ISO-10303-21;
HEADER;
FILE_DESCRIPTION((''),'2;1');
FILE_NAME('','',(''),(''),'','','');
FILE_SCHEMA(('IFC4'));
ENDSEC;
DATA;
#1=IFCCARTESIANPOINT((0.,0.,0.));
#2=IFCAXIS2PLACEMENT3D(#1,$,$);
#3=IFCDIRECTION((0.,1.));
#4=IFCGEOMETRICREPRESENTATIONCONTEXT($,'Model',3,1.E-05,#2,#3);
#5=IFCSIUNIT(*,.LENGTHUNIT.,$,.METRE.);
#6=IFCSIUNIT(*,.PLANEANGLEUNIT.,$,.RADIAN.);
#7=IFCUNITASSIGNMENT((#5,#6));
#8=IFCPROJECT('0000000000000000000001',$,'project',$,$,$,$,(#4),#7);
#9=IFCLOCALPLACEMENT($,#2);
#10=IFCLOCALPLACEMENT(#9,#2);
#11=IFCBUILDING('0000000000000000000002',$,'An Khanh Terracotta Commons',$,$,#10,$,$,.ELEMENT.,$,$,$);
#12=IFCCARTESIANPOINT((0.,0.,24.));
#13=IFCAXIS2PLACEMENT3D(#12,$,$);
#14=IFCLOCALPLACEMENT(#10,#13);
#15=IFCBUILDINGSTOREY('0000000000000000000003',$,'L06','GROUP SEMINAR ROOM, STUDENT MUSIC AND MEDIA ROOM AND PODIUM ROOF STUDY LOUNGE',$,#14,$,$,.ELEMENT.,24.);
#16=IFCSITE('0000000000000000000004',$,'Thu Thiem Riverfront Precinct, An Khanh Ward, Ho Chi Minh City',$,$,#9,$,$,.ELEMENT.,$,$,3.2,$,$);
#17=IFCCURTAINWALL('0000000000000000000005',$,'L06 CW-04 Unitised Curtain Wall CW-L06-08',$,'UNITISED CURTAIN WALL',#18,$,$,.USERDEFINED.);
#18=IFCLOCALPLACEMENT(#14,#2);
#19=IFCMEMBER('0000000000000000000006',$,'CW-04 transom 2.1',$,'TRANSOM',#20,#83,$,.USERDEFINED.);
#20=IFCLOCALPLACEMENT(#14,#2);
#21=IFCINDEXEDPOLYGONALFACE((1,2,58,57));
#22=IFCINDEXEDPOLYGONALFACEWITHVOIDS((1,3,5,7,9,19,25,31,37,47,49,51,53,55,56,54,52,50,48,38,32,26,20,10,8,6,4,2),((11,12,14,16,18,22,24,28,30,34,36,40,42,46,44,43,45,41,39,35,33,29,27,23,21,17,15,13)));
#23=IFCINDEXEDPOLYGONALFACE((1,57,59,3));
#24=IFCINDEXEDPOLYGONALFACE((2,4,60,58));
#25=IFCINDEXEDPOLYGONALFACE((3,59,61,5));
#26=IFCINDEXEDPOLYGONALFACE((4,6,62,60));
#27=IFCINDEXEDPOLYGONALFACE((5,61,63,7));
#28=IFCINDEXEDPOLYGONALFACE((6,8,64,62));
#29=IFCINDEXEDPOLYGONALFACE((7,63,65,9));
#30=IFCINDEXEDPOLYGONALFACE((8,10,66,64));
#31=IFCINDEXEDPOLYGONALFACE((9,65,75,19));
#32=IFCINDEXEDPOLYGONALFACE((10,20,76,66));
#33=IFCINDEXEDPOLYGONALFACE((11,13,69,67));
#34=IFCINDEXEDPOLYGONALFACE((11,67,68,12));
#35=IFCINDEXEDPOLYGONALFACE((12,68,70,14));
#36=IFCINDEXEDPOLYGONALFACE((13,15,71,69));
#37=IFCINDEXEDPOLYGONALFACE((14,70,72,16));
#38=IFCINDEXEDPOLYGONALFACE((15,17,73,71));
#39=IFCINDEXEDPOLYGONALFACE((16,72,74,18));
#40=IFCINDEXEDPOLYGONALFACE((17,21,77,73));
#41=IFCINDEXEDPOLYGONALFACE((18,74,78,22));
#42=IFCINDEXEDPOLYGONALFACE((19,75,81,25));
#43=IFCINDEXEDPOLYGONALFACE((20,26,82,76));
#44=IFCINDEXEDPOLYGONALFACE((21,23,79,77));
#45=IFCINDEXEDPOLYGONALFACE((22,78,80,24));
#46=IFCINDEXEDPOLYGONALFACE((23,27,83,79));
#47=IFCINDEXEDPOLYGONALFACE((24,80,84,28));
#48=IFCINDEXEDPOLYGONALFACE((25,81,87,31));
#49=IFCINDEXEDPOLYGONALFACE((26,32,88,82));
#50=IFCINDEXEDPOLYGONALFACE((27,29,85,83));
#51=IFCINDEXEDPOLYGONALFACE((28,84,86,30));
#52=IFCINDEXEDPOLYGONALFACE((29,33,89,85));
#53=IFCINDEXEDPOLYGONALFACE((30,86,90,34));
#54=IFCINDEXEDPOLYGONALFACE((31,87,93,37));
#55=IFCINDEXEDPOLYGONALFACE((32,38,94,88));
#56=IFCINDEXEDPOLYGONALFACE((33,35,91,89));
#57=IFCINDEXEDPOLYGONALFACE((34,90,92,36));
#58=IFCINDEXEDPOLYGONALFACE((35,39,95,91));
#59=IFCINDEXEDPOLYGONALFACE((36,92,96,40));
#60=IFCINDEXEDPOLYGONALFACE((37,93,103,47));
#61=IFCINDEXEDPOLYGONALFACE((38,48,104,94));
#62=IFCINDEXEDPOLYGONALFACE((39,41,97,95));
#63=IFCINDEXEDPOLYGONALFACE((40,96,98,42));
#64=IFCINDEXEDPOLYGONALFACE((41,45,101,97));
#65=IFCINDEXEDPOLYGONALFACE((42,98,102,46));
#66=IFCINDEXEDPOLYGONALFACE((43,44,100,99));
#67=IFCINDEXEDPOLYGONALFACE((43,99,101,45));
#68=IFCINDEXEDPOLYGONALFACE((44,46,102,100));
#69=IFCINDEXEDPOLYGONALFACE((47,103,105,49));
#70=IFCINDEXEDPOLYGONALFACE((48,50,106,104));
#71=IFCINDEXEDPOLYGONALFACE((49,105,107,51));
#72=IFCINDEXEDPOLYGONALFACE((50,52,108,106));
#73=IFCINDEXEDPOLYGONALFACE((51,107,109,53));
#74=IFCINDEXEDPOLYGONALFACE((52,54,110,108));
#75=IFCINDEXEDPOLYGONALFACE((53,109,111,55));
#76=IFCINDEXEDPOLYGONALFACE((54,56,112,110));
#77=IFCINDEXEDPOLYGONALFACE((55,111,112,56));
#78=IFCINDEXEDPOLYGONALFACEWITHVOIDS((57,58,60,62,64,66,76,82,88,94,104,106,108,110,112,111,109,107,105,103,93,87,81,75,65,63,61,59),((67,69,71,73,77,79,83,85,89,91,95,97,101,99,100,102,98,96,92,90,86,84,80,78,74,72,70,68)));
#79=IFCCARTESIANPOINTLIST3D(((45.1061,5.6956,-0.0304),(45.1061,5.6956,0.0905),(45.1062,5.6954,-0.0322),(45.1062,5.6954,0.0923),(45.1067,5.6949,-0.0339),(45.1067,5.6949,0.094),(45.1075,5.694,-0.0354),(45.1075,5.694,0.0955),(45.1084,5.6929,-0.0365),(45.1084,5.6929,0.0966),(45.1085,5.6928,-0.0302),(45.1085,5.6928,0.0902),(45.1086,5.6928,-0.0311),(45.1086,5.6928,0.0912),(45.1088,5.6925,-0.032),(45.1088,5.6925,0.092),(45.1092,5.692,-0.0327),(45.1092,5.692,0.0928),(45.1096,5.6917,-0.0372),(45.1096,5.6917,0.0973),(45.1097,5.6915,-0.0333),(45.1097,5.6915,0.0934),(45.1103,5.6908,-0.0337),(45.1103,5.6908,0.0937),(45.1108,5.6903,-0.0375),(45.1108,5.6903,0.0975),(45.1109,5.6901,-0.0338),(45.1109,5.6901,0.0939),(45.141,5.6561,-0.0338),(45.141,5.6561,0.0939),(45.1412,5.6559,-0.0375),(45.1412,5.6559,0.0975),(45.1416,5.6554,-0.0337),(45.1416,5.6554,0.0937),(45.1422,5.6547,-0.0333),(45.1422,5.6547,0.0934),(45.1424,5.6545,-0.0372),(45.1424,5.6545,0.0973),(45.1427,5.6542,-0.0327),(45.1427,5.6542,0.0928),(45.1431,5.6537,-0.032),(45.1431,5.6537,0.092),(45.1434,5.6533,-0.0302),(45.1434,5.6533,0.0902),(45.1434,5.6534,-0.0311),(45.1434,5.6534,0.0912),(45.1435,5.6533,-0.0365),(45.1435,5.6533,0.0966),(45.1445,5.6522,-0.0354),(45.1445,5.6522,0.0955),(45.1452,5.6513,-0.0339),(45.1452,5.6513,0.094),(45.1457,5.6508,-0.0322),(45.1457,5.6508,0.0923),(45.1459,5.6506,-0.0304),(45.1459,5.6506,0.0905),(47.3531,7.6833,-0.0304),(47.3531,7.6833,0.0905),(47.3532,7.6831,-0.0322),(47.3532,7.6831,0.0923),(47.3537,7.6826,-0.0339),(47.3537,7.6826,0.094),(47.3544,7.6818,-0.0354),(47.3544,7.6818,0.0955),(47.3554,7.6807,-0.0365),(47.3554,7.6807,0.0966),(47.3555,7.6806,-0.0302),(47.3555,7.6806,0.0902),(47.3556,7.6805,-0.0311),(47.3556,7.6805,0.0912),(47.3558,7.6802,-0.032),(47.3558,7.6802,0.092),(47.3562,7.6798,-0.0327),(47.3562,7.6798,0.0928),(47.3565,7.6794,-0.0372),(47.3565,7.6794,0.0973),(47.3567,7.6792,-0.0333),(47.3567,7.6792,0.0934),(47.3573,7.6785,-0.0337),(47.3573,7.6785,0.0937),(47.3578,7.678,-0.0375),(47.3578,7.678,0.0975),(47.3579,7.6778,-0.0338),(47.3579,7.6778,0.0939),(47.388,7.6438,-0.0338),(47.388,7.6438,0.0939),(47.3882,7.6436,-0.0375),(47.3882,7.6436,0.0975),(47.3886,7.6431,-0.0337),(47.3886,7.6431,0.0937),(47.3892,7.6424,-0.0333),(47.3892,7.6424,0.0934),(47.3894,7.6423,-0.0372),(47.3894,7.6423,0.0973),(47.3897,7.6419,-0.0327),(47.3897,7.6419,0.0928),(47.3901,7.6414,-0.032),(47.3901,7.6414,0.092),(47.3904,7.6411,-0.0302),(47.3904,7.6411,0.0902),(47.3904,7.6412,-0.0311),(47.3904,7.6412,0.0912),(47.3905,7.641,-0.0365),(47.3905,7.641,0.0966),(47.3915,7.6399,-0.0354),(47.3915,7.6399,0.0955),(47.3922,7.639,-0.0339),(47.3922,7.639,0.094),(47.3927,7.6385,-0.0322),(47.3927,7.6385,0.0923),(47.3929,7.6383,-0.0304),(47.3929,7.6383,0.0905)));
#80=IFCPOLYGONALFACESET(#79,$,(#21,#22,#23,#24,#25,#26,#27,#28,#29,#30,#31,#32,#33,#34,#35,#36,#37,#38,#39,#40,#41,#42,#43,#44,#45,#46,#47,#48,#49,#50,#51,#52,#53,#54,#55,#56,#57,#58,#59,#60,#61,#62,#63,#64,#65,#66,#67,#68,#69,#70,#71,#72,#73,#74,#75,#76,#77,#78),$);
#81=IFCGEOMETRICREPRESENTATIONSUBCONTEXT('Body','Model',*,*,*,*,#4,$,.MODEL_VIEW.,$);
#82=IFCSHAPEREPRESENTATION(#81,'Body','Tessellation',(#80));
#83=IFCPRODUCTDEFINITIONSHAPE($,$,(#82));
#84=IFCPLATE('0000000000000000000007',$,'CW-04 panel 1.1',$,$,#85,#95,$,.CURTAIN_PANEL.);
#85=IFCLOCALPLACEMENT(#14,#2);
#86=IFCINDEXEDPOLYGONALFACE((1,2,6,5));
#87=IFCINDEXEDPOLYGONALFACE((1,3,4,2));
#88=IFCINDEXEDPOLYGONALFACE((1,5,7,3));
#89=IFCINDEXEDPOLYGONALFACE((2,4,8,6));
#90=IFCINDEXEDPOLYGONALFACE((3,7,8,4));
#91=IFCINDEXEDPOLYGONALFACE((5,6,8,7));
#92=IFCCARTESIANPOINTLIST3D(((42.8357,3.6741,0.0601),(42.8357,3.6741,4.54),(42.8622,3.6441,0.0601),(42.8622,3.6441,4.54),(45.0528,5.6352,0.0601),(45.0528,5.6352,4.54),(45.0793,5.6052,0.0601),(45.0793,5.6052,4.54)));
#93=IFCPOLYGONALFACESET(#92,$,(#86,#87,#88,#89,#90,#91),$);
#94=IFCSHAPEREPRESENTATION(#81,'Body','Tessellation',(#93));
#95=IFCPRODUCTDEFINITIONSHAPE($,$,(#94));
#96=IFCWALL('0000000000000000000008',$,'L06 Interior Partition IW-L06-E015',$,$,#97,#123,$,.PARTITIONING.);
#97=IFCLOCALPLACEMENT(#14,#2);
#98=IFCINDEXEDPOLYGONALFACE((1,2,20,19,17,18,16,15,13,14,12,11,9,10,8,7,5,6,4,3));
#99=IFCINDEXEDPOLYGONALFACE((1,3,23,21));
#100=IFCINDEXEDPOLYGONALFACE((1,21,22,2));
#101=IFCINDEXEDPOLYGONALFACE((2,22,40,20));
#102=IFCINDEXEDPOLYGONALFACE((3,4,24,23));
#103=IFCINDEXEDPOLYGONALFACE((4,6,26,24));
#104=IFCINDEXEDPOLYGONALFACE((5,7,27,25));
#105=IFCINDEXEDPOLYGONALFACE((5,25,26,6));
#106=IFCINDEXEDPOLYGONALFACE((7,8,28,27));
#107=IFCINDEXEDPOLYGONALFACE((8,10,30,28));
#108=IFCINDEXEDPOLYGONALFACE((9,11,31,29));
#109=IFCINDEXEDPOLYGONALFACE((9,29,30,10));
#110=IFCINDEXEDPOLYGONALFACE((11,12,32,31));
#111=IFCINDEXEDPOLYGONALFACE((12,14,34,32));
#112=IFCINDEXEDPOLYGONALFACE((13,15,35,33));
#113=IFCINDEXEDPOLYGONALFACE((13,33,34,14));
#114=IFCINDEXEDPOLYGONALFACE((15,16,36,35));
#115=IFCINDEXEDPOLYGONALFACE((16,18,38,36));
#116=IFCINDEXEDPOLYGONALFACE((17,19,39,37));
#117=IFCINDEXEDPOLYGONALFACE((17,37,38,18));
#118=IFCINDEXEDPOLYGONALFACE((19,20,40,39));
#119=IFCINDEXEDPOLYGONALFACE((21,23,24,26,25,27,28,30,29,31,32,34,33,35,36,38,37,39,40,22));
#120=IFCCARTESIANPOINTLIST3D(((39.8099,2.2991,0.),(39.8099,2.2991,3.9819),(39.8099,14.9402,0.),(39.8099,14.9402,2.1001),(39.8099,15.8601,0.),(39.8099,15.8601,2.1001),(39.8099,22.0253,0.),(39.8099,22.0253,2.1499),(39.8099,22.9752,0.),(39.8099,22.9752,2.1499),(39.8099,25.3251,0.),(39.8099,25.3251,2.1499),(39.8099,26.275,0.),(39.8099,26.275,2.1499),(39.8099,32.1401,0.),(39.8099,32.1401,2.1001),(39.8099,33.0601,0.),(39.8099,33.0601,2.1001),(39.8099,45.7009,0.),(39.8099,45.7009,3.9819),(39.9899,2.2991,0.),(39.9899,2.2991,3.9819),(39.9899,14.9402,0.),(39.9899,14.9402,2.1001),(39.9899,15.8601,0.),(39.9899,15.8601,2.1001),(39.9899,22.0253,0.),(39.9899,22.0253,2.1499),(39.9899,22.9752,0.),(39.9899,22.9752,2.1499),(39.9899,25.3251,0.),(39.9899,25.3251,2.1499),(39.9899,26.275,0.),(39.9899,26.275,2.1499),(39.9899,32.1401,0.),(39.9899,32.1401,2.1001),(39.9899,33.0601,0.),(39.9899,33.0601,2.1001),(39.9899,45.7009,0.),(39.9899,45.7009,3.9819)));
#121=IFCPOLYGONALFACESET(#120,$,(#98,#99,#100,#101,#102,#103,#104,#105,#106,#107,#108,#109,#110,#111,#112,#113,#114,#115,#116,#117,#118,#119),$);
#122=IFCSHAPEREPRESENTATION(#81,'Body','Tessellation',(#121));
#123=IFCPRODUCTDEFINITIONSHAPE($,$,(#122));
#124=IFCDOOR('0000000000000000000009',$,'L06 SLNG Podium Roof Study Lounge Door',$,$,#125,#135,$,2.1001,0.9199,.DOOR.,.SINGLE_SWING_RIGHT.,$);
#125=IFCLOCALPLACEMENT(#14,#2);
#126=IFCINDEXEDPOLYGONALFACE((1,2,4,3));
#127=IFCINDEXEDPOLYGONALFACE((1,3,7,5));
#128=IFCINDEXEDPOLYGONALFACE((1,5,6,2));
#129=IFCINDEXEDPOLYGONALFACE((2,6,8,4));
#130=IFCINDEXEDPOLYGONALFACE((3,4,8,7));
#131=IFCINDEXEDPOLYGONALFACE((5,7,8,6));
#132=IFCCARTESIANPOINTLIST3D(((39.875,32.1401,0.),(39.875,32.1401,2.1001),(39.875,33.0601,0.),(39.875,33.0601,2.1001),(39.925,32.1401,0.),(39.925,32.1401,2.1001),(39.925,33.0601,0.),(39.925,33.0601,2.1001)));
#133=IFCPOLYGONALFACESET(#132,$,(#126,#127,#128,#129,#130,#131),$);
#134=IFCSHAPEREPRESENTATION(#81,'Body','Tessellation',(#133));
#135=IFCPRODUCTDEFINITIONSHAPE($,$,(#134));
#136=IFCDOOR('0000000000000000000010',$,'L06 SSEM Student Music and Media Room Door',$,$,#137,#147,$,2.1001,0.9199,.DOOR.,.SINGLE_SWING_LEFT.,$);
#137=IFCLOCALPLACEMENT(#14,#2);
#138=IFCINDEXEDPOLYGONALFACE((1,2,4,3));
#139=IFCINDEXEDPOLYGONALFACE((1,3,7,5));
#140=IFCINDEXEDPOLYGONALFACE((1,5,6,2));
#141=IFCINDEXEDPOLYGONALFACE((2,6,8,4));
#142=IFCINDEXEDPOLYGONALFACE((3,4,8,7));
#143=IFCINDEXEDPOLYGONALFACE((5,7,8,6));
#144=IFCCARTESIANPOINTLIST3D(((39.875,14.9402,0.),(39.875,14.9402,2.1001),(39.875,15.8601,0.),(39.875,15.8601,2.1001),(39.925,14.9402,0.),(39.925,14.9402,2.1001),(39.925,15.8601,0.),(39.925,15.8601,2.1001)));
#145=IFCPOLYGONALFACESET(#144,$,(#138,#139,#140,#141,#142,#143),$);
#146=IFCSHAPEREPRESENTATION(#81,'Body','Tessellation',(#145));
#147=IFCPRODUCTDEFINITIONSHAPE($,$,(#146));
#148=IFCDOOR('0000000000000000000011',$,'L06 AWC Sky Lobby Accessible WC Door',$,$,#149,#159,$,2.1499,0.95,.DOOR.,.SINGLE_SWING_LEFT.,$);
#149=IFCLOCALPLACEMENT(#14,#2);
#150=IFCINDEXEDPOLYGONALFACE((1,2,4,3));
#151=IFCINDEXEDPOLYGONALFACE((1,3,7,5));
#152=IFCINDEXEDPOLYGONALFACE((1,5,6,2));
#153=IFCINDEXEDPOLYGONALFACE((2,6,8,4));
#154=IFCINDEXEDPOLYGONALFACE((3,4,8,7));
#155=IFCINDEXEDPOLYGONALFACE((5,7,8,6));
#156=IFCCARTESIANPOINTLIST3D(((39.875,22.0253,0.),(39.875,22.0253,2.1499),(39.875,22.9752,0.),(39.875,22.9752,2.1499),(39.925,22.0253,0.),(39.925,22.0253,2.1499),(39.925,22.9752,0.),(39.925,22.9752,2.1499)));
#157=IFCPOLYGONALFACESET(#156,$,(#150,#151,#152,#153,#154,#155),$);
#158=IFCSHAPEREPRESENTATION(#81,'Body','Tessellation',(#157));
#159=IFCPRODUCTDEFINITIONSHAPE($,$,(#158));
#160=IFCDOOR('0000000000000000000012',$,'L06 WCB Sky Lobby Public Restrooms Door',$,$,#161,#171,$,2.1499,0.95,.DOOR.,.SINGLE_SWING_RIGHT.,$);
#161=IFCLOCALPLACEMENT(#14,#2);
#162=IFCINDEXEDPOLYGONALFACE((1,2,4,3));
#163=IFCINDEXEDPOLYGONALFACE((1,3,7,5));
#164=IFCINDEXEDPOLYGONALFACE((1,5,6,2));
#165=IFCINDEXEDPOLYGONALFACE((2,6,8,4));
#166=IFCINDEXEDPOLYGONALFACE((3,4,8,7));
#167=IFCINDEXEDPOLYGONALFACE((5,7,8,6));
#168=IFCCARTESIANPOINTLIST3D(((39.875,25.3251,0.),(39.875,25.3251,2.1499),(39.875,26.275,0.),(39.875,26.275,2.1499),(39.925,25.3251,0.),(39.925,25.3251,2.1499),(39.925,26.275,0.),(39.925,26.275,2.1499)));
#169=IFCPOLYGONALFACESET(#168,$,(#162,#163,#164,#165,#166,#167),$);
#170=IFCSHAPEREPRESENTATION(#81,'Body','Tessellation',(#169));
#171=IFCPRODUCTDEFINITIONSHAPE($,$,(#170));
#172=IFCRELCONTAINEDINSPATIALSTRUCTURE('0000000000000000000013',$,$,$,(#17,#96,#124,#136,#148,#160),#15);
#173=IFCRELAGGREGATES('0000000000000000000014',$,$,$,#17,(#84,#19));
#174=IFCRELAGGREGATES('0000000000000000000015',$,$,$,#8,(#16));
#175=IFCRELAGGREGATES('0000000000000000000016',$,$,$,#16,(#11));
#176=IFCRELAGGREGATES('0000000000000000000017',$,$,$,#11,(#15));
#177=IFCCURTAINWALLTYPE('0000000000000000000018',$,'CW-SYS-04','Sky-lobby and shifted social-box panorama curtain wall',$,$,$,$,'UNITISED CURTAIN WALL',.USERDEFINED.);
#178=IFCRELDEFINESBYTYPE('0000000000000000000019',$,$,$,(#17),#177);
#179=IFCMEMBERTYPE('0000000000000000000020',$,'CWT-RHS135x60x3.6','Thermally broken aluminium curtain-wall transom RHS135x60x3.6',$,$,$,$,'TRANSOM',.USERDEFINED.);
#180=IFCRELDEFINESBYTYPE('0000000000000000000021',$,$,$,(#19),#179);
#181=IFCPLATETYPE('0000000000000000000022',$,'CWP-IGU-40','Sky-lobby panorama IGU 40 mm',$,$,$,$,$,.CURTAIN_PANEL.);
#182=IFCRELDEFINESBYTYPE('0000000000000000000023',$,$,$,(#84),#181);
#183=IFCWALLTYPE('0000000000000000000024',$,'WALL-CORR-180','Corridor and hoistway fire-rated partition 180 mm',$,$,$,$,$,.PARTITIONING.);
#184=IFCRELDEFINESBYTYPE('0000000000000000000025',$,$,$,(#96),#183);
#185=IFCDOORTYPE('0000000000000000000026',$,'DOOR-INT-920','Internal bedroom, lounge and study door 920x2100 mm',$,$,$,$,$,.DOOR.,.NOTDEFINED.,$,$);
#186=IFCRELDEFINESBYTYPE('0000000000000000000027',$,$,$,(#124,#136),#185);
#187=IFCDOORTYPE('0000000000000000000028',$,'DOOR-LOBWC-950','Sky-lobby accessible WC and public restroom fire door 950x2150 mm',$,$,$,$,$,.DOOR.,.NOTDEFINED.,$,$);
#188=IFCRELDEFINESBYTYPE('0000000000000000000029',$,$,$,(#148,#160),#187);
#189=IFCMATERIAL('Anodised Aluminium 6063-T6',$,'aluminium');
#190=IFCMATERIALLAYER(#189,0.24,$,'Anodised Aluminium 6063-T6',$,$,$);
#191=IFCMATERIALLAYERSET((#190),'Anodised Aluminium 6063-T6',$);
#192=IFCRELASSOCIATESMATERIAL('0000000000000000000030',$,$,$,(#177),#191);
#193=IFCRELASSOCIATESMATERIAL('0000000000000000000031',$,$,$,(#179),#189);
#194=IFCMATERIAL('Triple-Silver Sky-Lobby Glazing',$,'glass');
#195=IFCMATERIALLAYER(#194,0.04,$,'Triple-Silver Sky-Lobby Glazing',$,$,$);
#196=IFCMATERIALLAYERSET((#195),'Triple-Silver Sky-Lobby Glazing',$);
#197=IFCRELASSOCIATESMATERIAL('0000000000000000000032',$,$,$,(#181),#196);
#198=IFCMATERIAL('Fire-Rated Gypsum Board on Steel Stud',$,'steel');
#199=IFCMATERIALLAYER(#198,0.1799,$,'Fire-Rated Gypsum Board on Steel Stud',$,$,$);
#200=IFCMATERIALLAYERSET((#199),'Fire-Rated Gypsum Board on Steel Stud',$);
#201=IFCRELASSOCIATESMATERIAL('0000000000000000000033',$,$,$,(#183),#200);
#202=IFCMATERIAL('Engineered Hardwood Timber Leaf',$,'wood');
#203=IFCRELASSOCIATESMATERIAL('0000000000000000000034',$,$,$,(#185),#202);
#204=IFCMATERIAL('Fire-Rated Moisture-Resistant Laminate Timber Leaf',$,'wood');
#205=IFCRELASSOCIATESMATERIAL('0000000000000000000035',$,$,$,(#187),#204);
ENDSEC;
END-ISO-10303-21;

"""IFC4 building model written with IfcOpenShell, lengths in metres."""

from ifc_helpers import new_model, si_unit, direction, frame, frame_2d, origin, origin_2d, place, context, subcontext, project, spatial, rectangle, hollow_rectangle, extrude, material, layer, layer_set, material_profile, profile_set, type_object, element, fill, aggregate, save


model = new_model("IFC4")

# Units and contexts
model_context = context("Model", 3, precision=1e-05, world=origin(), true_north=direction((0.0, 1.0)))
body_context = subcontext(model_context, "Body", "Model", "MODEL_VIEW")
ifc_project = project(units=[si_unit("LENGTHUNIT", "METRE"), si_unit("PLANEANGLEUNIT", "RADIAN")], contexts=[model_context])

# Site, building, storey
site_placement = place(None, origin())
site = spatial("IfcSite", under=ifc_project, at=site_placement, Name="Thu Thiem Riverfront Precinct, An Khanh Ward, Ho Chi Minh City", CompositionType="ELEMENT", RefElevation=3.2)
building_placement = place(site_placement, origin())
building = spatial("IfcBuilding", under=site, at=building_placement, Name="An Khanh Terracotta Commons", CompositionType="ELEMENT")
storey_placement = place(building_placement, frame((0.0, 0.0, 24.0)))
storey = spatial("IfcBuildingStorey", under=building, at=storey_placement, Name="L06", Description="GROUP SEMINAR ROOM, STUDENT MUSIC AND MEDIA ROOM AND PODIUM ROOF STUDY LOUNGE", CompositionType="ELEMENT", Elevation=24.0)

# Curtain wall, member, plate
ifc_material_1 = material(Name="Anodised Aluminium 6063-T6", Category="aluminium")
ifc_layer_1 = layer(ifc_material_1, 0.24, Name="Anodised Aluminium 6063-T6")
ifc_layer_set_1 = layer_set([ifc_layer_1], Name="Anodised Aluminium 6063-T6")
curtain_wall_type = type_object("IfcCurtainWallType", Name="CW-SYS-04", Description="Sky-lobby and shifted social-box panorama curtain wall", ElementType="UNITISED CURTAIN WALL", PredefinedType="USERDEFINED", material=ifc_layer_set_1)
curtain_wall_placement = place(storey_placement, origin())
curtain_wall = element("IfcCurtainWall", 1, at=curtain_wall_placement, inside=storey, type_object=curtain_wall_type, Name="L06 CW-04 Unitised Curtain Wall CW-L06-08", ObjectType="UNITISED CURTAIN WALL", PredefinedType="USERDEFINED")
ifc_material_profile_1 = material_profile(ifc_material_1, hollow_rectangle(XDim=0.0601, YDim=0.135, WallThickness=0.0037, InnerFilletRadius=0.0037, OuterFilletRadius=0.0071, at=origin_2d()), Name="RHS135x60x3.6")
ifc_profile_set_1 = profile_set([ifc_material_profile_1], Name="Anodised Aluminium 6063-T6")
member_type_1 = type_object("IfcMemberType", Name="CWT-RHS135x60x3.6", Description="Thermally broken aluminium curtain-wall transom RHS135x60x3.6", ElementType="TRANSOM", PredefinedType="USERDEFINED", material=ifc_profile_set_1)
member_1_placement = place(storey_placement, frame((45.126, 5.6731, 0.03), z_axis=(0.748997, 0.662574, 0.0), x_axis=(-0.662574, 0.748997, 0.0)))
member_1 = element("IfcMember", 2, at=member_1_placement, type_object=member_type_1, Name="CW-04 transom 2.1", ObjectType="TRANSOM", PredefinedType="USERDEFINED", context=body_context, shape_type="SweptSolid", body=[
    extrude(hollow_rectangle(XDim=0.0601, YDim=0.135, WallThickness=0.0037, InnerFilletRadius=0.0037, OuterFilletRadius=0.0071, at=origin_2d()), origin(), (0.0, 0.0, 1.0), 3.0),
])
ifc_material_2 = material(Name="Triple-Silver Sky-Lobby Glazing", Category="glass")
ifc_layer_2 = layer(ifc_material_2, 0.04, Name="Triple-Silver Sky-Lobby Glazing")
ifc_layer_set_2 = layer_set([ifc_layer_2], Name="Triple-Silver Sky-Lobby Glazing")
plate_type = type_object("IfcPlateType", Name="CWP-IGU-40", Description="Sky-lobby panorama IGU 40 mm", PredefinedType="CURTAIN_PANEL", material=ifc_layer_set_2)
plate_placement = place(storey_placement, frame((43.9575, 4.6396, 0.0601), z_axis=(0.0, 0.0, 1.0), x_axis=(0.749019, 0.662548, 0.0)))
plate = element("IfcPlate", 3, at=plate_placement, type_object=plate_type, Name="CW-04 panel 1.1", PredefinedType="CURTAIN_PANEL", context=body_context, shape_type="SweptSolid", body=[
    extrude(rectangle(XDim=2.96, YDim=0.04, at=origin_2d()), origin(), (0.0, 0.0, 1.0), 4.48),
])
aggregate(curtain_wall, [plate, member_1])

# Wall, openings, doors
ifc_material_3 = material(Name="Fire-Rated Gypsum Board on Steel Stud", Category="steel")
ifc_layer_3 = layer(ifc_material_3, 0.1799, Name="Fire-Rated Gypsum Board on Steel Stud")
ifc_layer_set_3 = layer_set([ifc_layer_3], Name="Fire-Rated Gypsum Board on Steel Stud")
wall_type_1 = type_object("IfcWallType", Name="WALL-CORR-180", Description="Corridor and hoistway fire-rated partition 180 mm", PredefinedType="PARTITIONING", material=ifc_layer_set_3)
wall_1_placement = place(storey_placement, frame((39.8999, 2.2991, 0.0), z_axis=(0.0, 0.0, 1.0), x_axis=(0.0, 1.0, 0.0)))
wall_1 = element("IfcWall", 4, at=wall_1_placement, inside=storey, type_object=wall_type_1, Name="L06 Interior Partition IW-L06-E015", PredefinedType="PARTITIONING", context=body_context, shape_type="SweptSolid", body=[
    extrude(rectangle(XDim=43.4019, YDim=0.1799, at=frame_2d((21.7009, 0.0))), origin(), (0.0, 0.0, 1.0), 3.9819),
])
opening_1_placement = place(wall_1_placement, frame((19.7261, 0.0, 0.0)))
opening_1 = element("IfcOpeningElement", 5, at=opening_1_placement, cuts=wall_1, PredefinedType="OPENING", context=body_context, shape_type="SweptSolid", body=[
    extrude(rectangle(XDim=0.95, YDim=2.1499, at=frame_2d((0.4751, 1.075))), frame((0.0, 0.0999, 0.0), z_axis=(0.0, -1.0, 0.0), x_axis=(1.0, 0.0, 0.0)), (0.0, 0.0, 1.0), 0.2),
])
opening_2_placement = place(wall_1_placement, frame((23.0259, 0.0, 0.0)))
opening_2 = element("IfcOpeningElement", 6, at=opening_2_placement, cuts=wall_1, PredefinedType="OPENING", context=body_context, shape_type="SweptSolid", body=[
    extrude(rectangle(XDim=0.95, YDim=2.1499, at=frame_2d((0.4751, 1.075))), frame((0.0, 0.0999, 0.0), z_axis=(0.0, -1.0, 0.0), x_axis=(1.0, 0.0, 0.0)), (0.0, 0.0, 1.0), 0.2),
])
opening_3_placement = place(wall_1_placement, frame((29.8411, 0.0, 0.0)))
opening_3 = element("IfcOpeningElement", 7, at=opening_3_placement, cuts=wall_1, PredefinedType="OPENING", context=body_context, shape_type="SweptSolid", body=[
    extrude(rectangle(XDim=0.9199, YDim=2.1001, at=frame_2d((0.46, 1.05))), frame((0.0, 0.0999, 0.0), z_axis=(0.0, -1.0, 0.0), x_axis=(1.0, 0.0, 0.0)), (0.0, 0.0, 1.0), 0.2),
])
opening_4_placement = place(wall_1_placement, frame((12.6411, 0.0, 0.0)))
opening_4 = element("IfcOpeningElement", 8, at=opening_4_placement, cuts=wall_1, PredefinedType="OPENING", context=body_context, shape_type="SweptSolid", body=[
    extrude(rectangle(XDim=0.9199, YDim=2.1001, at=frame_2d((0.46, 1.05))), frame((0.0, 0.0999, 0.0), z_axis=(0.0, -1.0, 0.0), x_axis=(1.0, 0.0, 0.0)), (0.0, 0.0, 1.0), 0.2),
])
ifc_material_4 = material(Name="Engineered Hardwood Timber Leaf", Category="wood")
door_type_1 = type_object("IfcDoorType", Name="DOOR-INT-920", Description="Internal bedroom, lounge and study door 920x2100 mm", OperationType="NOTDEFINED", PredefinedType="DOOR", material=ifc_material_4)
door_1_placement = place(opening_3_placement, origin())
door_1 = element("IfcDoor", 9, at=door_1_placement, inside=storey, type_object=door_type_1, Name="L06 SLNG Podium Roof Study Lounge Door", OperationType="SINGLE_SWING_RIGHT", OverallHeight=2.1001, OverallWidth=0.9199, PredefinedType="DOOR", context=body_context, shape_type="SweptSolid", body=[
    extrude(rectangle(XDim=0.9199, YDim=2.1001, at=frame_2d((0.46, 1.05))), frame((0.0, 0.0249, 0.0), z_axis=(0.0, -1.0, 0.0), x_axis=(1.0, 0.0, 0.0)), (0.0, 0.0, 1.0), 0.05),
])
fill(opening_3, door_1)
door_2_placement = place(opening_4_placement, origin())
door_2 = element("IfcDoor", 10, at=door_2_placement, inside=storey, type_object=door_type_1, Name="L06 SSEM Student Music and Media Room Door", OperationType="SINGLE_SWING_LEFT", OverallHeight=2.1001, OverallWidth=0.9199, PredefinedType="DOOR", context=body_context, shape_type="SweptSolid", body=[
    extrude(rectangle(XDim=0.9199, YDim=2.1001, at=frame_2d((0.46, 1.05))), frame((0.0, 0.0249, 0.0), z_axis=(0.0, -1.0, 0.0), x_axis=(1.0, 0.0, 0.0)), (0.0, 0.0, 1.0), 0.05),
])
fill(opening_4, door_2)
ifc_material_5 = material(Name="Fire-Rated Moisture-Resistant Laminate Timber Leaf", Category="wood")
door_type_2 = type_object("IfcDoorType", Name="DOOR-LOBWC-950", Description="Sky-lobby accessible WC and public restroom fire door 950x2150 mm", OperationType="NOTDEFINED", PredefinedType="DOOR", material=ifc_material_5)
door_3_placement = place(opening_1_placement, origin())
door_3 = element("IfcDoor", 11, at=door_3_placement, inside=storey, type_object=door_type_2, Name="L06 AWC Sky Lobby Accessible WC Door", OperationType="SINGLE_SWING_LEFT", OverallHeight=2.1499, OverallWidth=0.95, PredefinedType="DOOR", context=body_context, shape_type="SweptSolid", body=[
    extrude(rectangle(XDim=0.95, YDim=2.1499, at=frame_2d((0.4751, 1.075))), frame((0.0, 0.0249, 0.0), z_axis=(0.0, -1.0, 0.0), x_axis=(1.0, 0.0, 0.0)), (0.0, 0.0, 1.0), 0.05),
])
fill(opening_1, door_3)
door_4_placement = place(opening_2_placement, origin())
door_4 = element("IfcDoor", 12, at=door_4_placement, inside=storey, type_object=door_type_2, Name="L06 WCB Sky Lobby Public Restrooms Door", OperationType="SINGLE_SWING_RIGHT", OverallHeight=2.1499, OverallWidth=0.95, PredefinedType="DOOR", context=body_context, shape_type="SweptSolid", body=[
    extrude(rectangle(XDim=0.95, YDim=2.1499, at=frame_2d((0.4751, 1.075))), frame((0.0, 0.0249, 0.0), z_axis=(0.0, -1.0, 0.0), x_axis=(1.0, 0.0, 0.0)), (0.0, 0.0, 1.0), 0.05),
])
fill(opening_2, door_4)

save(model, "model.ifc")
